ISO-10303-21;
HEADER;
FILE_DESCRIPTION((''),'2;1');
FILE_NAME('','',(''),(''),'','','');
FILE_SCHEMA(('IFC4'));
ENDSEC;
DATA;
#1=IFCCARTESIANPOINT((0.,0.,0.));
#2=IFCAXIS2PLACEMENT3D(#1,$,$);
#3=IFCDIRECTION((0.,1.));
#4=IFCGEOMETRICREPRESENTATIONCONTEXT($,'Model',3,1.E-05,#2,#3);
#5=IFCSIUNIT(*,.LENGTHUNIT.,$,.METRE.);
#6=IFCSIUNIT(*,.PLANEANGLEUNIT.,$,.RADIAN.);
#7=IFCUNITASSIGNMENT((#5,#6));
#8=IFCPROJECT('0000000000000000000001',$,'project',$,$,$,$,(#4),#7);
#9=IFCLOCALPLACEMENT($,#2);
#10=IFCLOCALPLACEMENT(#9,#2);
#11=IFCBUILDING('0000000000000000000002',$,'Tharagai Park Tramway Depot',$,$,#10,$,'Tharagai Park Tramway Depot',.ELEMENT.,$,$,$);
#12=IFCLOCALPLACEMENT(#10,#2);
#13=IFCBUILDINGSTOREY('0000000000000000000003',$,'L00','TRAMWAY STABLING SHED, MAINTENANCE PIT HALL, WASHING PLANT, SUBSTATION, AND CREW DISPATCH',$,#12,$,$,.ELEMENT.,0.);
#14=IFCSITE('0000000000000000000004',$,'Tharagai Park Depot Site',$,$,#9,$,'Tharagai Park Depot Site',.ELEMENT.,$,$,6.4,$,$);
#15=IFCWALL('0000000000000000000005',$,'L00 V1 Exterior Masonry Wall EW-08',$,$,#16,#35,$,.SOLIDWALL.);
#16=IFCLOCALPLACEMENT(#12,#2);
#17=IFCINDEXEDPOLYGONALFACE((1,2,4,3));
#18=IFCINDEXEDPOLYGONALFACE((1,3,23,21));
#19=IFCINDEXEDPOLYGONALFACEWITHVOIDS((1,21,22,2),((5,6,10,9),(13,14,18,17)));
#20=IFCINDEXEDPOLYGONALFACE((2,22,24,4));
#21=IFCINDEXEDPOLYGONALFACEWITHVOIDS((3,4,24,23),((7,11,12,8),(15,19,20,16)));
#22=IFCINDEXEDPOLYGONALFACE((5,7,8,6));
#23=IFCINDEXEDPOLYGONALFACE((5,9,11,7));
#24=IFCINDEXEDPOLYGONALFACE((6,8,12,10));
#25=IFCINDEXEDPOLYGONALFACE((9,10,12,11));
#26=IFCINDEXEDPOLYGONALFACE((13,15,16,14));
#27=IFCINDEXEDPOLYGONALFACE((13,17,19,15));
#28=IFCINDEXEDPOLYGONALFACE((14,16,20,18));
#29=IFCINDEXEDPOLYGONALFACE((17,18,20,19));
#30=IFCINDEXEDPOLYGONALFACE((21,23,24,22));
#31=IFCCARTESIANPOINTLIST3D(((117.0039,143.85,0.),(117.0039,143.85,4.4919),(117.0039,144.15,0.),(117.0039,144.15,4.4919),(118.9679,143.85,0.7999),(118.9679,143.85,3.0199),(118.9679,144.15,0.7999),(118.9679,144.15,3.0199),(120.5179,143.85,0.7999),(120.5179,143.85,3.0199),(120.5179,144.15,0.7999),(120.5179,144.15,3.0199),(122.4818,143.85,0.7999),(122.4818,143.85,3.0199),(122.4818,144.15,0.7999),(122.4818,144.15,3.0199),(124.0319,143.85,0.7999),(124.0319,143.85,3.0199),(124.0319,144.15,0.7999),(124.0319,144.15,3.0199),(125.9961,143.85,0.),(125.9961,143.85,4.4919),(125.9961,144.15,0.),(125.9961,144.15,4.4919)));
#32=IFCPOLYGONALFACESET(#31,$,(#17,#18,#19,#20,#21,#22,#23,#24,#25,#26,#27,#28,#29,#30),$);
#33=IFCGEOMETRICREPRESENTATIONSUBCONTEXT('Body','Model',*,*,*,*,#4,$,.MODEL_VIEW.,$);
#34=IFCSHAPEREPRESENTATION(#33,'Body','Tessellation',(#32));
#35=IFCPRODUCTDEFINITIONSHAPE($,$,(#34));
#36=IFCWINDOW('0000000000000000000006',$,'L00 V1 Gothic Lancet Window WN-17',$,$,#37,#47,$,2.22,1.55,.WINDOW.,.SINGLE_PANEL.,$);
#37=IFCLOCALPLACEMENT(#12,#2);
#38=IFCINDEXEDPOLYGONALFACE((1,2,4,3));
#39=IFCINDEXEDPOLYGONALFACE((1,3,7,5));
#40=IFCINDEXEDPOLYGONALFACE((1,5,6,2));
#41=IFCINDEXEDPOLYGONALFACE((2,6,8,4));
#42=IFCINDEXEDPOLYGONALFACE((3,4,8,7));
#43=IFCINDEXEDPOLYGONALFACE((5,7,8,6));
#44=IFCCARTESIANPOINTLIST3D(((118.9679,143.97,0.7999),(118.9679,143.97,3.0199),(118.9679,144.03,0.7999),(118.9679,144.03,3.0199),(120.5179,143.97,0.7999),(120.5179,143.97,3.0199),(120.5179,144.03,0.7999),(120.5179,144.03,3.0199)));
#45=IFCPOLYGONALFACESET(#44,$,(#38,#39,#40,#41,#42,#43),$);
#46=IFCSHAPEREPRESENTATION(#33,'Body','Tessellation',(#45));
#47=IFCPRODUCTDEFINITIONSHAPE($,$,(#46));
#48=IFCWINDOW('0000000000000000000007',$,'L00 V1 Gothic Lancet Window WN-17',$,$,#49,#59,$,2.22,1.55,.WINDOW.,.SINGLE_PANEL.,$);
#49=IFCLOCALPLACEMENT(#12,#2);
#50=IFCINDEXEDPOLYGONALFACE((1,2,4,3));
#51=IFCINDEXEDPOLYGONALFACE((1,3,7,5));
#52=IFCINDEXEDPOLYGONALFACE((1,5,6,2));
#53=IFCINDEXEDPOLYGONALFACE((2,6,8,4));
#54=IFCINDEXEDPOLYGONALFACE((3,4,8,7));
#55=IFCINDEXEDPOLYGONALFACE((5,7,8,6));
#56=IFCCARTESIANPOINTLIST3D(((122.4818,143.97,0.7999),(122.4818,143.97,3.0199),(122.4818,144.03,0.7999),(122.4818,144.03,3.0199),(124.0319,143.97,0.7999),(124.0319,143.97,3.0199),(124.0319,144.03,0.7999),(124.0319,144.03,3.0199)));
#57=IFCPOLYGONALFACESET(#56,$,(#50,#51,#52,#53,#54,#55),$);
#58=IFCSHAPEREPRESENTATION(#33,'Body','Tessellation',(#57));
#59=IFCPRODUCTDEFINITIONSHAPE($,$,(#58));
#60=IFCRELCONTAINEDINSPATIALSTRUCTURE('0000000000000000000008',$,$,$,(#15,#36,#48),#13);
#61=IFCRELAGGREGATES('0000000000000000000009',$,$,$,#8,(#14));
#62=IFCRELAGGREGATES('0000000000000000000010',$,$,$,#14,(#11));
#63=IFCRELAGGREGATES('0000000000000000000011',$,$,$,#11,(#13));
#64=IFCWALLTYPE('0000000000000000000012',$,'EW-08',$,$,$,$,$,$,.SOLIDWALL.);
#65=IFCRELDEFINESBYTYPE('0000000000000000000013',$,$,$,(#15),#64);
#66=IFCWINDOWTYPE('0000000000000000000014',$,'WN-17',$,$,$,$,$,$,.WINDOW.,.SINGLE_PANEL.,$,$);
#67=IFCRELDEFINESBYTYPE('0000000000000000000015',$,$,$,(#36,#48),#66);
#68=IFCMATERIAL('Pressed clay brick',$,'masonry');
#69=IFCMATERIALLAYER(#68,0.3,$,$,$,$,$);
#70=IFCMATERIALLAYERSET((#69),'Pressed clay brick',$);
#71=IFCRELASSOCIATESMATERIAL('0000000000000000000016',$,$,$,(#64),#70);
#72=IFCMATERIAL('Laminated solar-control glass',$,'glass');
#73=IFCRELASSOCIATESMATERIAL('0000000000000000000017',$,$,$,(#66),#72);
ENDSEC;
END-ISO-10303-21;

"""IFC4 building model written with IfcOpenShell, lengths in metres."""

from ifc_helpers import new_model, si_unit, direction, frame, frame_2d, origin, place, context, subcontext, project, spatial, rectangle, extrude, material, layer, layer_set, type_object, element, fill, save


model = new_model("IFC4")

# Units and contexts
model_context = context("Model", 3, precision=1e-05, world=origin(), true_north=direction((0.0, 1.0)))
body_context = subcontext(model_context, "Body", "Model", "MODEL_VIEW")
ifc_project = project(units=[si_unit("LENGTHUNIT", "METRE"), si_unit("PLANEANGLEUNIT", "RADIAN")], contexts=[model_context])

# Site, building, storey
site_placement = place(None, origin())
site = spatial("IfcSite", under=ifc_project, at=site_placement, Name="Tharagai Park Depot Site", LongName="Tharagai Park Depot Site", CompositionType="ELEMENT", RefElevation=6.4)
building_placement = place(site_placement, origin())
building = spatial("IfcBuilding", under=site, at=building_placement, Name="Tharagai Park Tramway Depot", LongName="Tharagai Park Tramway Depot", CompositionType="ELEMENT")
storey_placement = place(building_placement, origin())
storey = spatial("IfcBuildingStorey", under=building, at=storey_placement, Name="L00", Description="TRAMWAY STABLING SHED, MAINTENANCE PIT HALL, WASHING PLANT, SUBSTATION, AND CREW DISPATCH", CompositionType="ELEMENT", Elevation=0.0)

# Wall, openings, windows
ifc_material_1 = material(Name="Pressed clay brick", Category="masonry")
ifc_layer = layer(ifc_material_1, 0.3)
ifc_layer_set = layer_set([ifc_layer], Name="Pressed clay brick")
wall_type = type_object("IfcWallType", Name="EW-08", PredefinedType="SOLIDWALL", material=ifc_layer_set)
ifc_material_2 = material(Name="Laminated solar-control glass", Category="glass")
wall_1_placement = place(storey_placement, frame((117.0039, 144.0, 0.0), z_axis=(0.0, 0.0, 1.0), x_axis=(1.0, 0.0, 0.0)))
wall_1 = element("IfcWall", 1, at=wall_1_placement, inside=storey, type_object=wall_type, Name="L00 V1 Exterior Masonry Wall EW-08", PredefinedType="SOLIDWALL", context=body_context, shape_type="SweptSolid", body=[
    extrude(rectangle(XDim=8.9922, YDim=0.3, at=frame_2d((4.4961, 0.0))), origin(), (0.0, 0.0, 1.0), 4.4919),
])
opening_1_placement = place(wall_1_placement, frame((1.9641, 0.0, 0.8)))
opening_1 = element("IfcOpeningElement", 2, at=opening_1_placement, cuts=wall_1, PredefinedType="OPENING", context=body_context, shape_type="SweptSolid", body=[
    extrude(rectangle(XDim=1.55, YDim=2.22, at=frame_2d((0.7749, 1.1099))), frame((0.0, 0.1599, 0.0), z_axis=(0.0, -1.0, 0.0), x_axis=(1.0, 0.0, 0.0)), (0.0, 0.0, 1.0), 0.3201),
])
opening_2_placement = place(wall_1_placement, frame((5.478, 0.0, 0.8)))
opening_2 = element("IfcOpeningElement", 3, at=opening_2_placement, cuts=wall_1, PredefinedType="OPENING", context=body_context, shape_type="SweptSolid", body=[
    extrude(rectangle(XDim=1.55, YDim=2.22, at=frame_2d((0.7749, 1.1099))), frame((0.0, 0.1599, 0.0), z_axis=(0.0, -1.0, 0.0), x_axis=(1.0, 0.0, 0.0)), (0.0, 0.0, 1.0), 0.3201),
])
window_type_1 = type_object("IfcWindowType", Name="WN-17", PartitioningType="SINGLE_PANEL", PredefinedType="WINDOW", material=ifc_material_2)
window_1_placement = place(opening_1_placement, origin())
window_1 = element("IfcWindow", 4, at=window_1_placement, inside=storey, type_object=window_type_1, Name="L00 V1 Gothic Lancet Window WN-17", OverallHeight=2.22, OverallWidth=1.55, PartitioningType="SINGLE_PANEL", PredefinedType="WINDOW", context=body_context, shape_type="SweptSolid", body=[
    extrude(rectangle(XDim=1.55, YDim=2.22, at=frame_2d((0.7749, 1.1099))), frame((0.0, 0.03, 0.0), z_axis=(0.0, -1.0, 0.0), x_axis=(1.0, 0.0, 0.0)), (0.0, 0.0, 1.0), 0.0601),
])
fill(opening_1, window_1)
window_2_placement = place(opening_2_placement, origin())
window_2 = element("IfcWindow", 5, at=window_2_placement, inside=storey, type_object=window_type_1, Name="L00 V1 Gothic Lancet Window WN-17", OverallHeight=2.22, OverallWidth=1.55, PartitioningType="SINGLE_PANEL", PredefinedType="WINDOW", context=body_context, shape_type="SweptSolid", body=[
    extrude(rectangle(XDim=1.55, YDim=2.22, at=frame_2d((0.7749, 1.1099))), frame((0.0, 0.03, 0.0), z_axis=(0.0, -1.0, 0.0), x_axis=(1.0, 0.0, 0.0)), (0.0, 0.0, 1.0), 0.0601),
])
fill(opening_2, window_2)

save(model, "model.ifc")
